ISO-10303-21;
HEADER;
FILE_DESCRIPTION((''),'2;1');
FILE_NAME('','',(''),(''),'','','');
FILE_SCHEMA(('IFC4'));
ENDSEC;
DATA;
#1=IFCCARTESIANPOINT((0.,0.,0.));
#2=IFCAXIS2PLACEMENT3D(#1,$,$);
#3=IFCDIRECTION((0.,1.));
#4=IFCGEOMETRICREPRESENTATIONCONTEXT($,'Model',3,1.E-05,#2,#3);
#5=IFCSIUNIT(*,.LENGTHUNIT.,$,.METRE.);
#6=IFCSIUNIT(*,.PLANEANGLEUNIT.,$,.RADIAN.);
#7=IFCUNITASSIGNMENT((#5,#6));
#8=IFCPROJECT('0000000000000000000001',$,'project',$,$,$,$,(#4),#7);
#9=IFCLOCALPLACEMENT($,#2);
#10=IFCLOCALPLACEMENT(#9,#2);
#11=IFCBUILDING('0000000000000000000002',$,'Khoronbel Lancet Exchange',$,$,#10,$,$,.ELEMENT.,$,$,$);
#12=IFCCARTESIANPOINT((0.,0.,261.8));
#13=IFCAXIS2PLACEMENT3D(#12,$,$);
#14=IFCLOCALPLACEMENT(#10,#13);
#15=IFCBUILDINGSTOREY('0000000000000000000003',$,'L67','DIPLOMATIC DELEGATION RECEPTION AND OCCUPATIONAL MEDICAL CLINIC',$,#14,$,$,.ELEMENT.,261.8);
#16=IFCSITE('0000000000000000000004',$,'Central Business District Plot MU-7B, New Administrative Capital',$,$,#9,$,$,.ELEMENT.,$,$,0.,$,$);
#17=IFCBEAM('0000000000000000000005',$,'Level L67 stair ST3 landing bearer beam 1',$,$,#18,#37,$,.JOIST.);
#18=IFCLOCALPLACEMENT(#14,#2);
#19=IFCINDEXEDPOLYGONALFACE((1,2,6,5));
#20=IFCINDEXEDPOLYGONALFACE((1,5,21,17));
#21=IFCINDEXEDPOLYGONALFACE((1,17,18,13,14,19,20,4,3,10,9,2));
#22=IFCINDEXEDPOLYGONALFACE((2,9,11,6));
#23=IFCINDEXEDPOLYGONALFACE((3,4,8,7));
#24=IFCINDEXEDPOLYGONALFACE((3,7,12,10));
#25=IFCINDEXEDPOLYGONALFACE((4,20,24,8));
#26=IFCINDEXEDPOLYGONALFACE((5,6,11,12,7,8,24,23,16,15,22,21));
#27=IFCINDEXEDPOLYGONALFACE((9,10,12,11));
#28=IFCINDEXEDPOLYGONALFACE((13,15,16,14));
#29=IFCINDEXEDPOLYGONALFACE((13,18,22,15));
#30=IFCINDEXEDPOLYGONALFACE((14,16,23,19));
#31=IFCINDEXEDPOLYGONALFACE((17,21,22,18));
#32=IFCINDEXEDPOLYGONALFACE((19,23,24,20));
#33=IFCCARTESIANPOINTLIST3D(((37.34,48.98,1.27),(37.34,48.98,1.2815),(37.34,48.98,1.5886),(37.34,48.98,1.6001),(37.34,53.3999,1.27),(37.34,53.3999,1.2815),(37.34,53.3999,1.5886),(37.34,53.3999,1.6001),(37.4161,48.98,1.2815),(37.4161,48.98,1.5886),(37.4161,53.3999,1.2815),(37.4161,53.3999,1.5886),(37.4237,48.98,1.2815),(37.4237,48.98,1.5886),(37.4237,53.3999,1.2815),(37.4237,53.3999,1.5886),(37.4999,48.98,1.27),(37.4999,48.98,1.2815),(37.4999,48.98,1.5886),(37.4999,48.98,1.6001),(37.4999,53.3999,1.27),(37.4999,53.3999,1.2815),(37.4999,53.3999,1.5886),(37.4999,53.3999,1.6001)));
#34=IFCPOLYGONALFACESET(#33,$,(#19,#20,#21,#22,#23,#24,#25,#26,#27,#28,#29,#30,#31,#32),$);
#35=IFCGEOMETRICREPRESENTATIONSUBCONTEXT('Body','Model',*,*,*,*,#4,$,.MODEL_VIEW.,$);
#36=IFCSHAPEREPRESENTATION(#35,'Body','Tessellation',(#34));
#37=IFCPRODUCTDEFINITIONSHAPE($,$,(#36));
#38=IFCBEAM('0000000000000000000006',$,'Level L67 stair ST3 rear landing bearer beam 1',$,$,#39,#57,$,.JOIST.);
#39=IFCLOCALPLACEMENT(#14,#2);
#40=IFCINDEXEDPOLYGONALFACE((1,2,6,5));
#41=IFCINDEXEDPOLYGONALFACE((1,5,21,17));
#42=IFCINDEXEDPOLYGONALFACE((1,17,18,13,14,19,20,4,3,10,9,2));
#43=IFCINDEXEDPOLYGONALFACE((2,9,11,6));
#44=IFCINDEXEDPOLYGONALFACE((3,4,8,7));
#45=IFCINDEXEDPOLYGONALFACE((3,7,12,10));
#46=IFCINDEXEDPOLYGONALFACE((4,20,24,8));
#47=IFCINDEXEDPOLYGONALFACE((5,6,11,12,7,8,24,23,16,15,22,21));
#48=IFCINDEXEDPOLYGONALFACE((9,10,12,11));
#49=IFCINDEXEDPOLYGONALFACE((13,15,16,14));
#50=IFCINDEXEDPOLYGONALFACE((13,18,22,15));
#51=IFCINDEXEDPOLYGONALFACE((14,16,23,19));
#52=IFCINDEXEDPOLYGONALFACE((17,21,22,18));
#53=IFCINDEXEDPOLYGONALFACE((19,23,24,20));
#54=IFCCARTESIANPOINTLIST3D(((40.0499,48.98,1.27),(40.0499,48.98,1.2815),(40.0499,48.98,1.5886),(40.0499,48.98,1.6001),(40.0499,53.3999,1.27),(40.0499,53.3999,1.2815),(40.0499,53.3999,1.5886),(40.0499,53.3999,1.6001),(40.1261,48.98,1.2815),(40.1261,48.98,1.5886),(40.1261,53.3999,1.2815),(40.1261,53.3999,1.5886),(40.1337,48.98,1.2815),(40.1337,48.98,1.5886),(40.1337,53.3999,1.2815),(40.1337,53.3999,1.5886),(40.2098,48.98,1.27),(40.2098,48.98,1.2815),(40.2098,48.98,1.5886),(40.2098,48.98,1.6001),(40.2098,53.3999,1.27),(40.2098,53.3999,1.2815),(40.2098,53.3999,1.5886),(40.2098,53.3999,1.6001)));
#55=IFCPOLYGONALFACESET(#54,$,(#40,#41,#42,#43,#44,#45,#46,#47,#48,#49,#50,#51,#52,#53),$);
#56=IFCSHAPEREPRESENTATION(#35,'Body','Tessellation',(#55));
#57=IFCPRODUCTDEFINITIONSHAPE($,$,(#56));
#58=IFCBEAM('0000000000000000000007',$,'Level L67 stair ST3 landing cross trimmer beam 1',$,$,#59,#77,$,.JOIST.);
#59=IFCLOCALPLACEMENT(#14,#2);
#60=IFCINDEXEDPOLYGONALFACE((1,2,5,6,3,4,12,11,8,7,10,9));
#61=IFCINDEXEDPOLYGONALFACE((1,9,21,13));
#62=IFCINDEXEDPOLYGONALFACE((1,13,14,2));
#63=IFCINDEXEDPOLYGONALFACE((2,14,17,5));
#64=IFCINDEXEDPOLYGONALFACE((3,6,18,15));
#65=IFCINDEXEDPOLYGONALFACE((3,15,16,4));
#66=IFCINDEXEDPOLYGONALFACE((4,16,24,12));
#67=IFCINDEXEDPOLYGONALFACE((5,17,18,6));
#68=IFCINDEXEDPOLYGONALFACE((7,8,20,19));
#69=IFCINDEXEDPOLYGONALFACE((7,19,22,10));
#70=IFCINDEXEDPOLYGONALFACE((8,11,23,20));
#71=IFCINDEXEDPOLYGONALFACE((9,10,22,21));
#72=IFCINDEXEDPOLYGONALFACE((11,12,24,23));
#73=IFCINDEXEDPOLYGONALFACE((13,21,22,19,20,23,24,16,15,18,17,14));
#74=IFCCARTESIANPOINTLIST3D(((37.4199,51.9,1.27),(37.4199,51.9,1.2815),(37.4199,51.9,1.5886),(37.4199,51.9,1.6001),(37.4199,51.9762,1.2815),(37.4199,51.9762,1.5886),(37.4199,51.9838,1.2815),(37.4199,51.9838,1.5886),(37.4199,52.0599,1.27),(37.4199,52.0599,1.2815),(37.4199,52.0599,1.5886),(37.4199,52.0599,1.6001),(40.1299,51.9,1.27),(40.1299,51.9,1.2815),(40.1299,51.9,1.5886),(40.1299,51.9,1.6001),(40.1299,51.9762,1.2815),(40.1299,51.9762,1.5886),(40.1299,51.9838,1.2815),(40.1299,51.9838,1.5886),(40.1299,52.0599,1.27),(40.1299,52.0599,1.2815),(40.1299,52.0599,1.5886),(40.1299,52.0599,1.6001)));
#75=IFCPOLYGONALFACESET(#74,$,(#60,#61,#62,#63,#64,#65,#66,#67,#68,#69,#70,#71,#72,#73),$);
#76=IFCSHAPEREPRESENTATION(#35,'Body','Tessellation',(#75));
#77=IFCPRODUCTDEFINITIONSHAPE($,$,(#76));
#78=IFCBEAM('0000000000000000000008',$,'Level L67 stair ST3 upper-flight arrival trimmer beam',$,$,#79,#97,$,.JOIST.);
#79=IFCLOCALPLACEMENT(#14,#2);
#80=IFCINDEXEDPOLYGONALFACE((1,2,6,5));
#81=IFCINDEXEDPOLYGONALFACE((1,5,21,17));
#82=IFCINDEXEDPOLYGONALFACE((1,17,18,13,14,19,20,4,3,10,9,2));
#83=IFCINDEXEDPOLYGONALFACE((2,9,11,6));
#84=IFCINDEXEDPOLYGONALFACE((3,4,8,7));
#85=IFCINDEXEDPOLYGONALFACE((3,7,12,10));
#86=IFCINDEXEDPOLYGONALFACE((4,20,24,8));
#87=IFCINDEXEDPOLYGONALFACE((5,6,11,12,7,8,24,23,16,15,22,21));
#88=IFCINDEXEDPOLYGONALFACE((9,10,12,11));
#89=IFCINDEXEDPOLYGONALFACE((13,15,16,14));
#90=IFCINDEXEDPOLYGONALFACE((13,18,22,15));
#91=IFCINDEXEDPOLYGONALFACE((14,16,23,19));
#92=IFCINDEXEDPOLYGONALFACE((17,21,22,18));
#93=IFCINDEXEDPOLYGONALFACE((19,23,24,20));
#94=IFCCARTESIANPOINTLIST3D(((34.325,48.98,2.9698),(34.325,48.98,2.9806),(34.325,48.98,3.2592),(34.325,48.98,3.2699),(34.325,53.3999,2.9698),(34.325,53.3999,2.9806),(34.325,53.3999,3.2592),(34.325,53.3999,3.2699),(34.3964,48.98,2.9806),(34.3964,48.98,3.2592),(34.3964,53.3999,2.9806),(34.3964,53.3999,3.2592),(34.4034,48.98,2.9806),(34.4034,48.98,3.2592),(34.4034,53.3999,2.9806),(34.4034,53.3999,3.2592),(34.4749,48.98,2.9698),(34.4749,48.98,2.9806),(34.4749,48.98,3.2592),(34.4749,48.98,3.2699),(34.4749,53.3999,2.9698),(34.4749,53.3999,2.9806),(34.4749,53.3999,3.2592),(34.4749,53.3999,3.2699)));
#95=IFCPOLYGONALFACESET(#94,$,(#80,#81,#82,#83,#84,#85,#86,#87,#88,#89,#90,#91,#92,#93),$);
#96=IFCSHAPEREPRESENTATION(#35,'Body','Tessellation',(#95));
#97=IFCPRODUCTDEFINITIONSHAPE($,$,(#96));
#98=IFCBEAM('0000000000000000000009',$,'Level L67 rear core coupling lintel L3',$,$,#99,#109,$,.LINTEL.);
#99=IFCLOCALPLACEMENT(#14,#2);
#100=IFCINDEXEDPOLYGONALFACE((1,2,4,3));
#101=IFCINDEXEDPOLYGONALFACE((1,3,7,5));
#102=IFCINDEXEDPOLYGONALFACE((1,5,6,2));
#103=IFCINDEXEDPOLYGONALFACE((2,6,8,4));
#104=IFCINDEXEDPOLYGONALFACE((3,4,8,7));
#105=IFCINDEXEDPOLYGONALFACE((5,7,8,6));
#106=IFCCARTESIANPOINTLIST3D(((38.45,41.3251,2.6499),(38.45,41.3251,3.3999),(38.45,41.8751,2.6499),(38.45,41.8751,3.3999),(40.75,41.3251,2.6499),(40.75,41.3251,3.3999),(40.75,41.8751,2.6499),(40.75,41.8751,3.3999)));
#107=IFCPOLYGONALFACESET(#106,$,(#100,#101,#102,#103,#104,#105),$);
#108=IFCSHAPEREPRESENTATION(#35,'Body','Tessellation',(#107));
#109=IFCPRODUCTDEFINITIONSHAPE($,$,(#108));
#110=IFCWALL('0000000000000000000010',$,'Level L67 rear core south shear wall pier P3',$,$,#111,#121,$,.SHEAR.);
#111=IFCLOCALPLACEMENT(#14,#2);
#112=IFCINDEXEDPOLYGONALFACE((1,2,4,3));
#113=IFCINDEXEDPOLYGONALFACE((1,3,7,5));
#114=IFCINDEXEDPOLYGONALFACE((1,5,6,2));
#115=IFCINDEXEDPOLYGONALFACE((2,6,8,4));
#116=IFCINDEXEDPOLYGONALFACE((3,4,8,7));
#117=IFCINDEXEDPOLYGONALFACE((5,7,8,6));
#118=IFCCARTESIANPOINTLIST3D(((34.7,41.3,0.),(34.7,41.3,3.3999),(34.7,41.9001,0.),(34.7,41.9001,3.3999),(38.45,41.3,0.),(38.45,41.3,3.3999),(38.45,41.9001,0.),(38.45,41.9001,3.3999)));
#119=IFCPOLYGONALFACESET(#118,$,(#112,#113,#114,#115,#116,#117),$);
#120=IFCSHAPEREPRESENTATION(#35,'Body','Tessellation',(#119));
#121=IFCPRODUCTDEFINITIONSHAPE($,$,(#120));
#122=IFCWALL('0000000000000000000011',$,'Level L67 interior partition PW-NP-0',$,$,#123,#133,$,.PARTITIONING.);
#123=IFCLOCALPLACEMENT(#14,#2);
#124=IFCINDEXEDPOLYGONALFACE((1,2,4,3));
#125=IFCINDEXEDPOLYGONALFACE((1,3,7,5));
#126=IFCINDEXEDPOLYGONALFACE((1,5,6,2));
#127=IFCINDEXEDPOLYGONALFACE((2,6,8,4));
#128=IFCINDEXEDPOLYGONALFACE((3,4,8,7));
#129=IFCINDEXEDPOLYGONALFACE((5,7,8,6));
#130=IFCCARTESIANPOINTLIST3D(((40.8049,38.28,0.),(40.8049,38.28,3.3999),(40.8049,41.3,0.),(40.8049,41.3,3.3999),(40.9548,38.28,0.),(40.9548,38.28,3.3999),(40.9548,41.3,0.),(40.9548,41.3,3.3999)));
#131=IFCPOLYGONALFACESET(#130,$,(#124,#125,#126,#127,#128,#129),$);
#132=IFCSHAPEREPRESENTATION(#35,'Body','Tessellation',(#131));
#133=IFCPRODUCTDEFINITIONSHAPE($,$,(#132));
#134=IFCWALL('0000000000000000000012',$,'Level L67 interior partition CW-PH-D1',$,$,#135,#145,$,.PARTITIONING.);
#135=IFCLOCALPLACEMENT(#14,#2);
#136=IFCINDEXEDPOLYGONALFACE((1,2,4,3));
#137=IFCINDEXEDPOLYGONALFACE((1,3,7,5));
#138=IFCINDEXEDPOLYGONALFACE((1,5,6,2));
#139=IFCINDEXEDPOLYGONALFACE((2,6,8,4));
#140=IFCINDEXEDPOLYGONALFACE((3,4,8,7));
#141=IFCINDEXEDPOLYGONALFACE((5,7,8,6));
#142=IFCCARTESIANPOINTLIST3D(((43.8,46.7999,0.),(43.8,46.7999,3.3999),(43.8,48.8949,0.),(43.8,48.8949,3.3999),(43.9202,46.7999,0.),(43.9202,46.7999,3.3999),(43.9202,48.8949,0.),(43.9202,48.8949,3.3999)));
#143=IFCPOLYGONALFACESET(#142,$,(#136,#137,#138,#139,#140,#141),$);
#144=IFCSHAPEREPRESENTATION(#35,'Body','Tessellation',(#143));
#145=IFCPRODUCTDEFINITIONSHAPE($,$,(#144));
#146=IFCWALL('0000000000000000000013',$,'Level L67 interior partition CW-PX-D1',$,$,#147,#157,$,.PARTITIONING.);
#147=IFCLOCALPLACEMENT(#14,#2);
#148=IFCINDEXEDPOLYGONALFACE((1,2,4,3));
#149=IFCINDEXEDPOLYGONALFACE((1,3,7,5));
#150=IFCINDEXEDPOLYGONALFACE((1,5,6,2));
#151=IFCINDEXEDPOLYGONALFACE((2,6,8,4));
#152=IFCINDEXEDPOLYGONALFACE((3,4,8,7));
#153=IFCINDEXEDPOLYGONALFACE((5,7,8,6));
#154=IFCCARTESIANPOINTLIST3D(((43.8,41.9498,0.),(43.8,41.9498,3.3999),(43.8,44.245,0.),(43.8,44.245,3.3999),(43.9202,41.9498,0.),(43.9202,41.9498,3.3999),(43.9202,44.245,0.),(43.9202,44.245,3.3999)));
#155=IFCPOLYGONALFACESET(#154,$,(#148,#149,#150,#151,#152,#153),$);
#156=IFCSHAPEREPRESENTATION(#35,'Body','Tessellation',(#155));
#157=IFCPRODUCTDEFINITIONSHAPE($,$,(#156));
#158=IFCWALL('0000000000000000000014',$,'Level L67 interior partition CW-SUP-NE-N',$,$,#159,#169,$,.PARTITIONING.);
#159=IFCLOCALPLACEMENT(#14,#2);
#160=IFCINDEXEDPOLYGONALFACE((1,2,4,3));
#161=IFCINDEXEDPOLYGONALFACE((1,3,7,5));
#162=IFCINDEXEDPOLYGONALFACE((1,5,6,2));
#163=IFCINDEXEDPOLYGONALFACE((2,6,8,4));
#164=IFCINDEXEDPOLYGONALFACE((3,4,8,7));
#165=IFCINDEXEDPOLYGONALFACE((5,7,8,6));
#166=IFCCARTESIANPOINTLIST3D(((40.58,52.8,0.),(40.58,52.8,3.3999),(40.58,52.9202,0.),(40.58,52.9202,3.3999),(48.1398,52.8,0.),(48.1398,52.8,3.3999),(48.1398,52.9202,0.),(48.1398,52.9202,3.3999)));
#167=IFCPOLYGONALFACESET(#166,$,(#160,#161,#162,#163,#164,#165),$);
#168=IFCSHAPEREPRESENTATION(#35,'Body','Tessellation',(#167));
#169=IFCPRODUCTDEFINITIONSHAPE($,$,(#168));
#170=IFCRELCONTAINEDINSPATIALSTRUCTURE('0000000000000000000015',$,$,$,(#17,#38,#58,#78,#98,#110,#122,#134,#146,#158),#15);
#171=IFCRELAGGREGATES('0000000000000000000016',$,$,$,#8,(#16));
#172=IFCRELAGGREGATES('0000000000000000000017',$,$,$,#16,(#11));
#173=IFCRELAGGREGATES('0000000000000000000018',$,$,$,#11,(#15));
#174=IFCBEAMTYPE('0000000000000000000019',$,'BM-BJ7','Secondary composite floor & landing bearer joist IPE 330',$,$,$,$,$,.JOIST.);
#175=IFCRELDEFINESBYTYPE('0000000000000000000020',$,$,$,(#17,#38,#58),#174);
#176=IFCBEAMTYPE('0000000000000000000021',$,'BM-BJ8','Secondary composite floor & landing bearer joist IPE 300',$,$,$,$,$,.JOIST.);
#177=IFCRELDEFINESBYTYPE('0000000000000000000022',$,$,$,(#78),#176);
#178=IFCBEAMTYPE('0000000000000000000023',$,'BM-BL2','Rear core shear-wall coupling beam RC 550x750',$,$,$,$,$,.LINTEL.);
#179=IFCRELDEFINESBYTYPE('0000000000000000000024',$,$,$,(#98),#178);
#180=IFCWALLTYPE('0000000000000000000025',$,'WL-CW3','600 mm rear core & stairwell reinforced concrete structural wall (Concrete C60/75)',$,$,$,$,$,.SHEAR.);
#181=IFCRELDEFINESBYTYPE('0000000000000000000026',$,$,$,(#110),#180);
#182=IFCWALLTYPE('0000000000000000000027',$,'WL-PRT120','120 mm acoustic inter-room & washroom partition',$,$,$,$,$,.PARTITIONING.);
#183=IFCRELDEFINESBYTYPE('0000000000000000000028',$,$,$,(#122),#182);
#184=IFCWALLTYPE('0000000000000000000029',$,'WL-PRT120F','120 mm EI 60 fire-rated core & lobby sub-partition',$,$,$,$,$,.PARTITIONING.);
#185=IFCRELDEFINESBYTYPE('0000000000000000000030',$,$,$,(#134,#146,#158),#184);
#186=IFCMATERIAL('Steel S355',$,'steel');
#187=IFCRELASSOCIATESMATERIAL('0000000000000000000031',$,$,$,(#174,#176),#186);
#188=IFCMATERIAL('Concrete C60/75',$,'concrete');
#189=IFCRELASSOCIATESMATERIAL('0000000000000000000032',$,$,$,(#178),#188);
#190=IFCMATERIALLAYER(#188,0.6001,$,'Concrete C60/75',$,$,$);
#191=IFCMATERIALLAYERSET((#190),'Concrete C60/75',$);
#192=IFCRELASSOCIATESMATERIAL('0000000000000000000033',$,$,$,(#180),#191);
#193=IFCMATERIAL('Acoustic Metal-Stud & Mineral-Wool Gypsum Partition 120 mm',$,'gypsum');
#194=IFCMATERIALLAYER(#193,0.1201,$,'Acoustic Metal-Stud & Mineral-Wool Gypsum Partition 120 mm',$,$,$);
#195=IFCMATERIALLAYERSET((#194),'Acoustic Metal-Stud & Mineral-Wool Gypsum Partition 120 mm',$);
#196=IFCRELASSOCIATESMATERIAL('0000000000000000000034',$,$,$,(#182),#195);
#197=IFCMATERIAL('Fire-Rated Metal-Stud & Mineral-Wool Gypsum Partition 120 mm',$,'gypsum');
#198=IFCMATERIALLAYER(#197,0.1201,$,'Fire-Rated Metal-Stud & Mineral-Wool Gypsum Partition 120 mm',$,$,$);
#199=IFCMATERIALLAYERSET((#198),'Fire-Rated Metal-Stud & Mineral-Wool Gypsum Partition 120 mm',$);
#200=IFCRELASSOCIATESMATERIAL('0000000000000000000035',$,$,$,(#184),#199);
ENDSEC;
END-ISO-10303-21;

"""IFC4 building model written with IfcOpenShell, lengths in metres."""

from ifc_helpers import new_model, si_unit, direction, frame, frame_2d, origin, origin_2d, place, context, subcontext, project, spatial, rectangle, i_section, extrude, material, layer, layer_set, material_profile, profile_set, type_object, element, save


model = new_model("IFC4")

# Units and contexts
model_context = context("Model", 3, precision=1e-05, world=origin(), true_north=direction((0.0, 1.0)))
body_context = subcontext(model_context, "Body", "Model", "MODEL_VIEW")
ifc_project = project(units=[si_unit("LENGTHUNIT", "METRE"), si_unit("PLANEANGLEUNIT", "RADIAN")], contexts=[model_context])

# Site, building, storey
site_placement = place(None, origin())
site = spatial("IfcSite", under=ifc_project, at=site_placement, Name="Central Business District Plot MU-7B, New Administrative Capital", CompositionType="ELEMENT", RefElevation=0.0)
building_placement = place(site_placement, origin())
building = spatial("IfcBuilding", under=site, at=building_placement, Name="Khoronbel Lancet Exchange", CompositionType="ELEMENT")
storey_placement = place(building_placement, frame((0.0, 0.0, 261.8)))
storey = spatial("IfcBuildingStorey", under=building, at=storey_placement, Name="L67", Description="DIPLOMATIC DELEGATION RECEPTION AND OCCUPATIONAL MEDICAL CLINIC", CompositionType="ELEMENT", Elevation=261.8)

# Beams
ifc_material_1 = material(Name="Steel S355", Category="steel")
ifc_material_profile_1 = material_profile(ifc_material_1, i_section(OverallWidth=0.1599, OverallDepth=0.3301, WebThickness=0.0076, FlangeThickness=0.0115, at=origin_2d()), Name="IPE 330")
ifc_profile_set_1 = profile_set([ifc_material_profile_1], Name="Steel S355")
beam_type_1 = type_object("IfcBeamType", Name="BM-BJ7", Description="Secondary composite floor & landing bearer joist IPE 330", PredefinedType="JOIST", material=ifc_profile_set_1)
for number, where, z_axis, x_axis, name in (
    (1, (37.4199, 48.98, 1.4351), (0.0, 1.0, 0.0), (-1.0, 0.0, 0.0), "Level L67 stair ST3 landing bearer beam 1"),
    (2, (40.1299, 48.98, 1.4351), (0.0, 1.0, 0.0), (-1.0, 0.0, 0.0), "Level L67 stair ST3 rear landing bearer beam 1"),
):
    element("IfcBeam", number, at=place(storey_placement, frame(where, z_axis=z_axis, x_axis=x_axis)), inside=storey, type_object=beam_type_1, Name=name, PredefinedType="JOIST", context=body_context, shape_type="SweptSolid", body=[
        extrude(i_section(OverallWidth=0.1599, OverallDepth=0.3301, WebThickness=0.0076, FlangeThickness=0.0115, at=origin_2d()), origin(), (0.0, 0.0, 1.0), 4.4199),
    ])
beam_1_placement = place(storey_placement, frame((37.4199, 51.98, 1.4351), z_axis=(1.0, 0.0, 0.0), x_axis=(0.0, 1.0, 0.0)))
element("IfcBeam", 3, at=beam_1_placement, inside=storey, type_object=beam_type_1, Name="Level L67 stair ST3 landing cross trimmer beam 1", PredefinedType="JOIST", context=body_context, shape_type="SweptSolid", body=[
    extrude(i_section(OverallWidth=0.1599, OverallDepth=0.3301, WebThickness=0.0076, FlangeThickness=0.0115, at=origin_2d()), origin(), (0.0, 0.0, 1.0), 2.71),
])
ifc_material_profile_2 = material_profile(ifc_material_1, i_section(OverallWidth=0.1499, OverallDepth=0.3, WebThickness=0.0071, FlangeThickness=0.0107, at=origin_2d()), Name="IPE 300")
ifc_profile_set_2 = profile_set([ifc_material_profile_2], Name="Steel S355")
beam_type_2 = type_object("IfcBeamType", Name="BM-BJ8", Description="Secondary composite floor & landing bearer joist IPE 300", PredefinedType="JOIST", material=ifc_profile_set_2)
beam_2_placement = place(storey_placement, frame((34.3999, 48.98, 3.1199), z_axis=(0.0, 1.0, 0.0), x_axis=(-1.0, 0.0, 0.0)))
element("IfcBeam", 4, at=beam_2_placement, inside=storey, type_object=beam_type_2, Name="Level L67 stair ST3 upper-flight arrival trimmer beam", PredefinedType="JOIST", context=body_context, shape_type="SweptSolid", body=[
    extrude(i_section(OverallWidth=0.1499, OverallDepth=0.3, WebThickness=0.0071, FlangeThickness=0.0107, at=origin_2d()), origin(), (0.0, 0.0, 1.0), 4.4199),
])
ifc_material_2 = material(Name="Concrete C60/75", Category="concrete")
ifc_material_profile_3 = material_profile(ifc_material_2, rectangle(XDim=0.55, YDim=0.75, at=origin_2d()), Name="RC 550x750")
ifc_profile_set_3 = profile_set([ifc_material_profile_3], Name="Concrete C60/75")
beam_type_3 = type_object("IfcBeamType", Name="BM-BL2", Description="Rear core shear-wall coupling beam RC 550x750", PredefinedType="LINTEL", material=ifc_profile_set_3)
beam_3_placement = place(storey_placement, frame((38.45, 41.6001, 3.0249), z_axis=(1.0, 0.0, 0.0), x_axis=(0.0, 1.0, 0.0)))
element("IfcBeam", 5, at=beam_3_placement, inside=storey, type_object=beam_type_3, Name="Level L67 rear core coupling lintel L3", PredefinedType="LINTEL", context=body_context, shape_type="SweptSolid", body=[
    extrude(rectangle(XDim=0.55, YDim=0.75, at=origin_2d()), origin(), (0.0, 0.0, 1.0), 2.3),
])

# Walls
ifc_layer_1 = layer(ifc_material_2, 0.6001, Name="Concrete C60/75")
ifc_layer_set_1 = layer_set([ifc_layer_1], Name="Concrete C60/75")
wall_type_1 = type_object("IfcWallType", Name="WL-CW3", Description="600 mm rear core & stairwell reinforced concrete structural wall (Concrete C60/75)", PredefinedType="SHEAR", material=ifc_layer_set_1)
wall_1_placement = place(storey_placement, frame((38.45, 41.6001, 0.0), z_axis=(0.0, 0.0, 1.0), x_axis=(-1.0, 0.0, 0.0)))
element("IfcWall", 6, at=wall_1_placement, inside=storey, type_object=wall_type_1, Name="Level L67 rear core south shear wall pier P3", PredefinedType="SHEAR", context=body_context, shape_type="SweptSolid", body=[
    extrude(rectangle(XDim=3.75, YDim=0.6001, at=frame_2d((1.875, 0.0))), origin(), (0.0, 0.0, 1.0), 3.3999),
])
ifc_material_3 = material(Name="Acoustic Metal-Stud & Mineral-Wool Gypsum Partition 120 mm", Category="gypsum")
ifc_layer_2 = layer(ifc_material_3, 0.1201, Name="Acoustic Metal-Stud & Mineral-Wool Gypsum Partition 120 mm")
ifc_layer_set_2 = layer_set([ifc_layer_2], Name="Acoustic Metal-Stud & Mineral-Wool Gypsum Partition 120 mm")
wall_type_2 = type_object("IfcWallType", Name="WL-PRT120", Description="120 mm acoustic inter-room & washroom partition", PredefinedType="PARTITIONING", material=ifc_layer_set_2)
wall_2_placement = place(storey_placement, frame((40.8799, 38.28, 0.0), z_axis=(0.0, 0.0, 1.0), x_axis=(0.0, 1.0, 0.0)))
element("IfcWall", 7, at=wall_2_placement, inside=storey, type_object=wall_type_2, Name="Level L67 interior partition PW-NP-0", PredefinedType="PARTITIONING", context=body_context, shape_type="SweptSolid", body=[
    extrude(rectangle(XDim=3.02, YDim=0.1499, at=frame_2d((1.51, 0.0))), origin(), (0.0, 0.0, 1.0), 3.3999),
])
ifc_material_4 = material(Name="Fire-Rated Metal-Stud & Mineral-Wool Gypsum Partition 120 mm", Category="gypsum")
ifc_layer_3 = layer(ifc_material_4, 0.1201, Name="Fire-Rated Metal-Stud & Mineral-Wool Gypsum Partition 120 mm")
ifc_layer_set_3 = layer_set([ifc_layer_3], Name="Fire-Rated Metal-Stud & Mineral-Wool Gypsum Partition 120 mm")
wall_type_3 = type_object("IfcWallType", Name="WL-PRT120F", Description="120 mm EI 60 fire-rated core & lobby sub-partition", PredefinedType="PARTITIONING", material=ifc_layer_set_3)
wall_3_placement = place(storey_placement, frame((43.8601, 46.8, 0.0), z_axis=(0.0, 0.0, 1.0), x_axis=(0.0, 1.0, 0.0)))
element("IfcWall", 8, at=wall_3_placement, inside=storey, type_object=wall_type_3, Name="Level L67 interior partition CW-PH-D1", PredefinedType="PARTITIONING", context=body_context, shape_type="SweptSolid", body=[
    extrude(rectangle(XDim=2.095, YDim=0.1201, at=frame_2d((1.0474, 0.0))), origin(), (0.0, 0.0, 1.0), 3.3999),
])
wall_4_placement = place(storey_placement, frame((43.8601, 41.95, 0.0), z_axis=(0.0, 0.0, 1.0), x_axis=(0.0, 1.0, 0.0)))
element("IfcWall", 9, at=wall_4_placement, inside=storey, type_object=wall_type_3, Name="Level L67 interior partition CW-PX-D1", PredefinedType="PARTITIONING", context=body_context, shape_type="SweptSolid", body=[
    extrude(rectangle(XDim=2.2952, YDim=0.1201, at=frame_2d((1.1475, 0.0))), origin(), (0.0, 0.0, 1.0), 3.3999),
])
wall_5_placement = place(storey_placement, frame((40.5801, 52.8601, 0.0), z_axis=(0.0, 0.0, 1.0), x_axis=(1.0, 0.0, 0.0)))
element("IfcWall", 10, at=wall_5_placement, inside=storey, type_object=wall_type_3, Name="Level L67 interior partition CW-SUP-NE-N", PredefinedType="PARTITIONING", context=body_context, shape_type="SweptSolid", body=[
    extrude(rectangle(XDim=7.5598, YDim=0.1201, at=frame_2d((3.7798, 0.0))), origin(), (0.0, 0.0, 1.0), 3.3999),
])

save(model, "model.ifc")
